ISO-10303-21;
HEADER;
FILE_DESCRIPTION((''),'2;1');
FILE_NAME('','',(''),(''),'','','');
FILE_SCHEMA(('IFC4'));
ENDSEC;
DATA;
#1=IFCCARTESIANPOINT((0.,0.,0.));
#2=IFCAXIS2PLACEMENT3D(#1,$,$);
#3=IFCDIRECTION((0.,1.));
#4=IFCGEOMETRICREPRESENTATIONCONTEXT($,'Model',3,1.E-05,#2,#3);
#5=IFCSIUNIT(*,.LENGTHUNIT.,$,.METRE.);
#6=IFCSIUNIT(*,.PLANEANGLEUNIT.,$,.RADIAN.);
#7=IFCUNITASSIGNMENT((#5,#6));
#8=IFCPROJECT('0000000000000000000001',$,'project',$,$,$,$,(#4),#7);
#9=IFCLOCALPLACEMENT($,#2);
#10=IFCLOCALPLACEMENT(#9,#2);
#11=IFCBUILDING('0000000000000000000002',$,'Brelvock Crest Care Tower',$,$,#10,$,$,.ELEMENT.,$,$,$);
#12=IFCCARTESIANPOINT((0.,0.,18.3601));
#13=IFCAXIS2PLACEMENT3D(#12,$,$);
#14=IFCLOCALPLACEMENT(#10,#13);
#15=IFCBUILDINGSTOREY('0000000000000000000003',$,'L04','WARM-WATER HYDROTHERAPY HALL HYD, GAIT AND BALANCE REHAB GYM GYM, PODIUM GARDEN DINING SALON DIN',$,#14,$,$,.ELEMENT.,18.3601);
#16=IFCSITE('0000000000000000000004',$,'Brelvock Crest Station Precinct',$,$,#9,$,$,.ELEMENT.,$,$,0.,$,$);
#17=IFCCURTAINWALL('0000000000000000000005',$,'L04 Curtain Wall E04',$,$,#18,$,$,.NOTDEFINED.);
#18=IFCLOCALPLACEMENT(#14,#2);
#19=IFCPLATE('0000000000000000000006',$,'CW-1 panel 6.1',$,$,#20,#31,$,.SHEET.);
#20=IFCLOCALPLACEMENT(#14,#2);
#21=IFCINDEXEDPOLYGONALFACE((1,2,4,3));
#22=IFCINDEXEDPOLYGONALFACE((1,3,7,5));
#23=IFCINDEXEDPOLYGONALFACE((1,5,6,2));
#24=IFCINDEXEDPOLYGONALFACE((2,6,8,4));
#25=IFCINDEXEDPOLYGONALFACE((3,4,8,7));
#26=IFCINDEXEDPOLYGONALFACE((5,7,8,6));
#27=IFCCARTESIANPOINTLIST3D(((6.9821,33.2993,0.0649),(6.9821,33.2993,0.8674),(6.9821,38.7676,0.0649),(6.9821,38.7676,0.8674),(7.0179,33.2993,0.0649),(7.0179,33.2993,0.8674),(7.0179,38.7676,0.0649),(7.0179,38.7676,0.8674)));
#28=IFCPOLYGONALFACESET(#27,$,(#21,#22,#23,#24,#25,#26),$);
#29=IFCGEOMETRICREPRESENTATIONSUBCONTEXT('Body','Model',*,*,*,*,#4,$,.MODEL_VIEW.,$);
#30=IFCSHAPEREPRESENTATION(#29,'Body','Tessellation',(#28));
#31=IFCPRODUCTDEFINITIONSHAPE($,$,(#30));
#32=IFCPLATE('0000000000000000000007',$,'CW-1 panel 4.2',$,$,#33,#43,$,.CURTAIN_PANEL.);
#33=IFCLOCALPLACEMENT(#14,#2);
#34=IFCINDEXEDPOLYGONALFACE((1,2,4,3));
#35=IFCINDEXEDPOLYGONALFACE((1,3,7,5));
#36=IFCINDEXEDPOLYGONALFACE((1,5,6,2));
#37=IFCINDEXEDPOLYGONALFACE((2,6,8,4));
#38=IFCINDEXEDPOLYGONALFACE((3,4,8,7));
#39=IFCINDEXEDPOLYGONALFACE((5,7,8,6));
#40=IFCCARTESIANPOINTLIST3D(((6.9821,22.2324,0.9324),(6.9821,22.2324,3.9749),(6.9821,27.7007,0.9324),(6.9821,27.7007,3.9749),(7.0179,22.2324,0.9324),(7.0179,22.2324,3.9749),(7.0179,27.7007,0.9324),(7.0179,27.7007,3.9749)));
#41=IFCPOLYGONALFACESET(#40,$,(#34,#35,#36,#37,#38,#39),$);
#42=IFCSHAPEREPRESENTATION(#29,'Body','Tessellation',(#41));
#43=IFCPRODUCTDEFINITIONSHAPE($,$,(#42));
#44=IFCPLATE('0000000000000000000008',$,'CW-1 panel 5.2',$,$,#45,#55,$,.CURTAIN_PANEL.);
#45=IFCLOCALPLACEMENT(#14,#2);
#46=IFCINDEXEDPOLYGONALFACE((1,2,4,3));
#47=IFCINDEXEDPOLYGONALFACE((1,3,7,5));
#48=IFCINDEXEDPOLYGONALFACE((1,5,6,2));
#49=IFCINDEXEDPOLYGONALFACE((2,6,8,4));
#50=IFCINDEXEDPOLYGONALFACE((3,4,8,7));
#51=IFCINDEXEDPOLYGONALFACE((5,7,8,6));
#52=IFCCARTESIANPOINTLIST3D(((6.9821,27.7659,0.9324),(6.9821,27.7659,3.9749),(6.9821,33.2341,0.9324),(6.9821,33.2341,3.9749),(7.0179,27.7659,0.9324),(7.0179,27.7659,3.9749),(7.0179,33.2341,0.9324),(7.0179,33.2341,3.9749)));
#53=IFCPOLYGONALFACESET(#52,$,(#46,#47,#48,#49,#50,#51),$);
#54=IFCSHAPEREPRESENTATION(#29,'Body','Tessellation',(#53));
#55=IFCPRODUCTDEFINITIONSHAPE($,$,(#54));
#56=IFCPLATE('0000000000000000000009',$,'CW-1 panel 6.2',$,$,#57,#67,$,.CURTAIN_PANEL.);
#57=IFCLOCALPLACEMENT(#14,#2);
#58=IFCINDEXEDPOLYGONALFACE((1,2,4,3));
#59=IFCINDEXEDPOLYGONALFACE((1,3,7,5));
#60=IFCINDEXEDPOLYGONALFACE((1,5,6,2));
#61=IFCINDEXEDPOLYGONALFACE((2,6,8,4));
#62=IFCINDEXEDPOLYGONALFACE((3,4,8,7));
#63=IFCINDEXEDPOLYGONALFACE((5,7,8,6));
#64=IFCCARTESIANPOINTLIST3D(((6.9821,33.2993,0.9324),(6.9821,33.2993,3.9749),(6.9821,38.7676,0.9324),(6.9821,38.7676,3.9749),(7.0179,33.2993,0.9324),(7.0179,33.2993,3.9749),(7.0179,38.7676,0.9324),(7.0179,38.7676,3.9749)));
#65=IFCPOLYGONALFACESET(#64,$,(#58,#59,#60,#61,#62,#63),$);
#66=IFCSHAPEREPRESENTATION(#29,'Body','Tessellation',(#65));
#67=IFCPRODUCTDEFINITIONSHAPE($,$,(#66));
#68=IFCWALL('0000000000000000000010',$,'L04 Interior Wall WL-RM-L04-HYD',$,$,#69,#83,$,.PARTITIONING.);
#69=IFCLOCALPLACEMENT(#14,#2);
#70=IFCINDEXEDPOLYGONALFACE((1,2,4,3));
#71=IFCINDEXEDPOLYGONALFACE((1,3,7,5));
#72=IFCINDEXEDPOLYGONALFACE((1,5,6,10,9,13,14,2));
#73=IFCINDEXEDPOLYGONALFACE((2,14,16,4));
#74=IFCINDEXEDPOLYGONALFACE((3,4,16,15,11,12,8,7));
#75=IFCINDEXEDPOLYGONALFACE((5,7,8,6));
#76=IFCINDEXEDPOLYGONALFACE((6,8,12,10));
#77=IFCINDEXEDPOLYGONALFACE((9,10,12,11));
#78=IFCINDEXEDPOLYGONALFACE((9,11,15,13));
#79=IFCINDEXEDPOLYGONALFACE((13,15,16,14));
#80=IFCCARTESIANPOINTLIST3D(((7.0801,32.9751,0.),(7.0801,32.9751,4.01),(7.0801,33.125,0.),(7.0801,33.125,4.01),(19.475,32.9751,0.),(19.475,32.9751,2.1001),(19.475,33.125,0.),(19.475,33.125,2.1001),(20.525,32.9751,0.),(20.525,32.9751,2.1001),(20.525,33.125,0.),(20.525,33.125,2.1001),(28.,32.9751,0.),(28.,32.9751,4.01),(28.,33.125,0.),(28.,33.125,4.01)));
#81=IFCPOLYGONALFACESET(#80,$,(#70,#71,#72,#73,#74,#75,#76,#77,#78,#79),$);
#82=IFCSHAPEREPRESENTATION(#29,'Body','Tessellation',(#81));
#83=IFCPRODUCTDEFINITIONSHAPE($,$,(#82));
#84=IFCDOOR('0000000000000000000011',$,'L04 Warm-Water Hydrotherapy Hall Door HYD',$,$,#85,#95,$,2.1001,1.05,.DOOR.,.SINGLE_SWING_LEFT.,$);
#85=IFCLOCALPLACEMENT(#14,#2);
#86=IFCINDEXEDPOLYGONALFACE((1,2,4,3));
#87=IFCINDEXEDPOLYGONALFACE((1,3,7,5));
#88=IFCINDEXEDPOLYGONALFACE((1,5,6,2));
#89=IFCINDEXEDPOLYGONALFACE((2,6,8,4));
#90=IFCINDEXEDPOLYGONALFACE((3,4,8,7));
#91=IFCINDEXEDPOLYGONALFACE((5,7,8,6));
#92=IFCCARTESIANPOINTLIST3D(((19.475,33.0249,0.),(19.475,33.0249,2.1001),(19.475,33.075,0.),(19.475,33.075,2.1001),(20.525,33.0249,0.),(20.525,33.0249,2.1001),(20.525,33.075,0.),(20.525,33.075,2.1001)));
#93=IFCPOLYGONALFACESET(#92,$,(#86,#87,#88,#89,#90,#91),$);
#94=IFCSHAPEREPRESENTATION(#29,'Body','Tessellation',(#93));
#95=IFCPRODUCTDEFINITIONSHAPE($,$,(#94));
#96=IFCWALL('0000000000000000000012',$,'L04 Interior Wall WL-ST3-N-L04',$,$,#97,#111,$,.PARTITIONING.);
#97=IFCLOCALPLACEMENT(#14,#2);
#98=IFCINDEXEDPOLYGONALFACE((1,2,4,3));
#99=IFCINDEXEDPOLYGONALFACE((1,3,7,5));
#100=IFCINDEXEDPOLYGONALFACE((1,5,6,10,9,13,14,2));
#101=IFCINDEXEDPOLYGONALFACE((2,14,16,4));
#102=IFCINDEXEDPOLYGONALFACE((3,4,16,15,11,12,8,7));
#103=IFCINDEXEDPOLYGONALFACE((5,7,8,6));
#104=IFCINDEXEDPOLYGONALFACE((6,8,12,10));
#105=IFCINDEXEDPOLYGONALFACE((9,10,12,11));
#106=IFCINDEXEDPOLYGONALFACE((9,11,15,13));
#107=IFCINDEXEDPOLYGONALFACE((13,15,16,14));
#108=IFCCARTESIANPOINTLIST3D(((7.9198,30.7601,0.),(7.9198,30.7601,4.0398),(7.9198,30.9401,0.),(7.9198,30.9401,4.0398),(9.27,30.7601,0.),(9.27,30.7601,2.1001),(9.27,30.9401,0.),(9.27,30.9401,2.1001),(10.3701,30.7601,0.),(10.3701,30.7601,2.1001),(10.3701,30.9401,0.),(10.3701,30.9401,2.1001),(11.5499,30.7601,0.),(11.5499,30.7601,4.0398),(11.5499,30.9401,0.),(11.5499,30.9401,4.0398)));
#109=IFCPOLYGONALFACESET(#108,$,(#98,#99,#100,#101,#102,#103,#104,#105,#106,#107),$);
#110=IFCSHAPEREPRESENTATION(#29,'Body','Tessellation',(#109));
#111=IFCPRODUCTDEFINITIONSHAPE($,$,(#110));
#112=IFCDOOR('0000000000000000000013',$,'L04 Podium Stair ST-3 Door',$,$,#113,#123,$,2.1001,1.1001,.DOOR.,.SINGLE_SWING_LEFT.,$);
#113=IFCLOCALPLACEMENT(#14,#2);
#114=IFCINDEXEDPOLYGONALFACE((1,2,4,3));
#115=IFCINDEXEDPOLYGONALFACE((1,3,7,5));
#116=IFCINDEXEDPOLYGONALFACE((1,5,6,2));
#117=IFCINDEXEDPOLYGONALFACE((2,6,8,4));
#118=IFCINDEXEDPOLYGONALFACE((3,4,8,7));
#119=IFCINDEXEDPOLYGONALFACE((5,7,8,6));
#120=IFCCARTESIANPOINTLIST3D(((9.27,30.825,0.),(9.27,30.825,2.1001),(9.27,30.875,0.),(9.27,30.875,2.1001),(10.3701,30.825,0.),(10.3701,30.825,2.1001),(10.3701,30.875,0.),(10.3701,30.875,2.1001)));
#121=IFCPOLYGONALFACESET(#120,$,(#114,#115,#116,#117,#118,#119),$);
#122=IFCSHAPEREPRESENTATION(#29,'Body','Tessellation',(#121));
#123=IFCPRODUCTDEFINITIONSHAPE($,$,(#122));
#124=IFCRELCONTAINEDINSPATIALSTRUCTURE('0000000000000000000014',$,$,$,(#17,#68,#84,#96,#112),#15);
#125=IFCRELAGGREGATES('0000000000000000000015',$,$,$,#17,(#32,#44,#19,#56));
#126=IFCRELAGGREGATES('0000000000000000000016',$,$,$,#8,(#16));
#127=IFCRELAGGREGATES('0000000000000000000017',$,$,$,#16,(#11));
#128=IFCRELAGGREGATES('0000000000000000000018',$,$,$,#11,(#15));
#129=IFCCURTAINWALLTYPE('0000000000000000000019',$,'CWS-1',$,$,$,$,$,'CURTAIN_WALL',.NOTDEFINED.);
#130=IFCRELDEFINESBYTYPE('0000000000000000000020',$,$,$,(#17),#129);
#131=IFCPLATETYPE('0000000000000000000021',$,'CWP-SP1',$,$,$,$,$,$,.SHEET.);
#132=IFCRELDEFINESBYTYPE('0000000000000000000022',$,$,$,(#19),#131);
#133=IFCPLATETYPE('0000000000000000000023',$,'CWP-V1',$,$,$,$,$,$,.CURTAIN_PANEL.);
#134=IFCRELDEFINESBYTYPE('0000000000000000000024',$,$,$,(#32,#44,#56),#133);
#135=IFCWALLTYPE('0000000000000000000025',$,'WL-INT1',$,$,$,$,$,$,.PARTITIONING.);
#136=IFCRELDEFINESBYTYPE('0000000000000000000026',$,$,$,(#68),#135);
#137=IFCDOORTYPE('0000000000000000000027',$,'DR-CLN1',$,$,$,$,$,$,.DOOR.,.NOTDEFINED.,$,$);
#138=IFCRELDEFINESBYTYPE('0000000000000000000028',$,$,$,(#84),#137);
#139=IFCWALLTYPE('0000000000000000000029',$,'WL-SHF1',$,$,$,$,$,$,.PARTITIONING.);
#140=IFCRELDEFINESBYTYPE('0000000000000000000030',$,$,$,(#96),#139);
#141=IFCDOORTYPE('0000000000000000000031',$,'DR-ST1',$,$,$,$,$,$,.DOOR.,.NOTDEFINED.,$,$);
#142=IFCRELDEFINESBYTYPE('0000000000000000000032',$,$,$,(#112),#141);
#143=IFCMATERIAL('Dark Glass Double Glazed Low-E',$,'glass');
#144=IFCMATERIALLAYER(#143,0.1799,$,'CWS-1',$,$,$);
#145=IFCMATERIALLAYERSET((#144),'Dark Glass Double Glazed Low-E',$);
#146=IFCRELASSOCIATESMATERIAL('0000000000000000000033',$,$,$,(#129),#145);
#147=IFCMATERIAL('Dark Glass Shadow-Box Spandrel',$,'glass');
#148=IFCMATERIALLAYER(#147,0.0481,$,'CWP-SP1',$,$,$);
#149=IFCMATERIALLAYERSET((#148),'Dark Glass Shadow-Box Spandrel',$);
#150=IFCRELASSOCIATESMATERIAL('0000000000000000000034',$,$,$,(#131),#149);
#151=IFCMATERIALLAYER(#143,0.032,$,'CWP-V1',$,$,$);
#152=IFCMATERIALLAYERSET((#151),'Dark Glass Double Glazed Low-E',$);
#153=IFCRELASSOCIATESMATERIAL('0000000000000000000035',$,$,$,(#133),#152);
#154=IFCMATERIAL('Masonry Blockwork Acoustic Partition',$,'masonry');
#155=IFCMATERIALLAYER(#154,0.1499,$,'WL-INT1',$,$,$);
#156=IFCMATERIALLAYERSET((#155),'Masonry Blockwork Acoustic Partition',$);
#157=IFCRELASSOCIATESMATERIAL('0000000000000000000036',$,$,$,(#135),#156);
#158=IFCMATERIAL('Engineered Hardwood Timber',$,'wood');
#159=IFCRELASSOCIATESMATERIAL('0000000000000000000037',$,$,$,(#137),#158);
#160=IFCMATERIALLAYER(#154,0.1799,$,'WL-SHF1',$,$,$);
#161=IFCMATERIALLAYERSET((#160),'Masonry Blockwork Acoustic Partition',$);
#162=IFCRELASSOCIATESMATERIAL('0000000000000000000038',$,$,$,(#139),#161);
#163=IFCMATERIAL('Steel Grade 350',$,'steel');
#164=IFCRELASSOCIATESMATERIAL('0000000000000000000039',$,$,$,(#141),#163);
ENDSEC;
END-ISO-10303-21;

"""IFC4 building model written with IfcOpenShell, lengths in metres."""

from ifc_helpers import new_model, si_unit, direction, frame, frame_2d, origin, origin_2d, place, context, subcontext, project, spatial, rectangle, extrude, source, transform, mapped, material, layer, layer_set, type_object, element, fill, aggregate, save


model = new_model("IFC4")

# Units and contexts
model_context = context("Model", 3, precision=1e-05, world=origin(), true_north=direction((0.0, 1.0)))
body_context = subcontext(model_context, "Body", "Model", "MODEL_VIEW")
ifc_project = project(units=[si_unit("LENGTHUNIT", "METRE"), si_unit("PLANEANGLEUNIT", "RADIAN")], contexts=[model_context])

# Site, building, storey
site_placement = place(None, origin())
site = spatial("IfcSite", under=ifc_project, at=site_placement, Name="Brelvock Crest Station Precinct", CompositionType="ELEMENT", RefElevation=0.0)
building_placement = place(site_placement, origin())
building = spatial("IfcBuilding", under=site, at=building_placement, Name="Brelvock Crest Care Tower", CompositionType="ELEMENT")
storey_placement = place(building_placement, frame((0.0, 0.0, 18.3601)))
storey = spatial("IfcBuildingStorey", under=building, at=storey_placement, Name="L04", Description="WARM-WATER HYDROTHERAPY HALL HYD, GAIT AND BALANCE REHAB GYM GYM, PODIUM GARDEN DINING SALON DIN", CompositionType="ELEMENT", Elevation=18.3601)

# Curtain wall, plates
ifc_material_1 = material(Name="Dark Glass Double Glazed Low-E", Category="glass")
ifc_layer_1 = layer(ifc_material_1, 0.1799, Name="CWS-1")
ifc_layer_set_1 = layer_set([ifc_layer_1], Name="Dark Glass Double Glazed Low-E")
curtain_wall_type = type_object("IfcCurtainWallType", Name="CWS-1", ElementType="CURTAIN_WALL", PredefinedType="NOTDEFINED", material=ifc_layer_set_1)
curtain_wall_placement = place(storey_placement, origin())
curtain_wall = element("IfcCurtainWall", 1, at=curtain_wall_placement, inside=storey, type_object=curtain_wall_type, Name="L04 Curtain Wall E04", PredefinedType="NOTDEFINED")
ifc_material_2 = material(Name="Dark Glass Shadow-Box Spandrel", Category="glass")
ifc_layer_2 = layer(ifc_material_2, 0.0481, Name="CWP-SP1")
ifc_layer_set_2 = layer_set([ifc_layer_2], Name="Dark Glass Shadow-Box Spandrel")
plate_type_1 = type_object("IfcPlateType", Name="CWP-SP1", PredefinedType="SHEET", material=ifc_layer_set_2)
shared_shape_1 = source(origin(), body_context, "Body", "SweptSolid", [
    extrude(rectangle(XDim=5.4683, YDim=0.0359, at=origin_2d()), origin(), (0.0, 0.0, 1.0), 0.8025),
])
plate_1_placement = place(storey_placement, frame((7.0, 36.0334, 0.0649), z_axis=(0.0, 0.0, 1.0), x_axis=(0.0, 1.0, 0.0)))
plate_1 = element("IfcPlate", 2, at=plate_1_placement, type_object=plate_type_1, Name="CW-1 panel 6.1", PredefinedType="SHEET", context=body_context, shape_type="MappedRepresentation", body=[
    mapped(shared_shape_1, transform((0.0, 0.0, 0.0), x_axis=(1.0, 0.0, 0.0), y_axis=(0.0, 1.0, 0.0), z_axis=(0.0, 0.0, 1.0), scale=1.0)),
])
ifc_layer_3 = layer(ifc_material_1, 0.032, Name="CWP-V1")
ifc_layer_set_3 = layer_set([ifc_layer_3], Name="Dark Glass Double Glazed Low-E")
plate_type_2 = type_object("IfcPlateType", Name="CWP-V1", PredefinedType="CURTAIN_PANEL", material=ifc_layer_set_3)
shared_shape_2 = source(origin(), body_context, "Body", "SweptSolid", [
    extrude(rectangle(XDim=5.4683, YDim=0.0359, at=origin_2d()), origin(), (0.0, 0.0, 1.0), 3.0425),
])
plate_2_placement = place(storey_placement, frame((7.0, 24.9666, 0.9324), z_axis=(0.0, 0.0, 1.0), x_axis=(0.0, 1.0, 0.0)))
plate_2 = element("IfcPlate", 3, at=plate_2_placement, type_object=plate_type_2, Name="CW-1 panel 4.2", PredefinedType="CURTAIN_PANEL", context=body_context, shape_type="MappedRepresentation", body=[
    mapped(shared_shape_2, transform((0.0, 0.0, 0.0), x_axis=(1.0, 0.0, 0.0), y_axis=(0.0, 1.0, 0.0), z_axis=(0.0, 0.0, 1.0), scale=1.0)),
])
plate_3_placement = place(storey_placement, frame((7.0, 30.5, 0.9324), z_axis=(0.0, 0.0, 1.0), x_axis=(0.0, 1.0, 0.0)))
plate_3 = element("IfcPlate", 4, at=plate_3_placement, type_object=plate_type_2, Name="CW-1 panel 5.2", PredefinedType="CURTAIN_PANEL", context=body_context, shape_type="MappedRepresentation", body=[
    mapped(shared_shape_2, transform((0.0, 0.0, 0.0), x_axis=(1.0, 0.0, 0.0), y_axis=(0.0, 1.0, 0.0), z_axis=(0.0, 0.0, 1.0), scale=1.0)),
])
plate_4_placement = place(storey_placement, frame((7.0, 36.0334, 0.9324), z_axis=(0.0, 0.0, 1.0), x_axis=(0.0, 1.0, 0.0)))
plate_4 = element("IfcPlate", 5, at=plate_4_placement, type_object=plate_type_2, Name="CW-1 panel 6.2", PredefinedType="CURTAIN_PANEL", context=body_context, shape_type="MappedRepresentation", body=[
    mapped(shared_shape_2, transform((0.0, 0.0, 0.0), x_axis=(1.0, 0.0, 0.0), y_axis=(0.0, 1.0, 0.0), z_axis=(0.0, 0.0, 1.0), scale=1.0)),
])
aggregate(curtain_wall, [plate_2, plate_3, plate_1, plate_4])

# Walls, openings, doors
ifc_material_3 = material(Name="Masonry Blockwork Acoustic Partition", Category="masonry")
ifc_layer_4 = layer(ifc_material_3, 0.1499, Name="WL-INT1")
ifc_layer_set_4 = layer_set([ifc_layer_4], Name="Masonry Blockwork Acoustic Partition")
wall_type_1 = type_object("IfcWallType", Name="WL-INT1", PredefinedType="PARTITIONING", material=ifc_layer_set_4)
wall_1_placement = place(storey_placement, frame((7.0801, 33.05, 0.0), z_axis=(0.0, 0.0, 1.0), x_axis=(1.0, 0.0, 0.0)))
wall_1 = element("IfcWall", 6, at=wall_1_placement, inside=storey, type_object=wall_type_1, Name="L04 Interior Wall WL-RM-L04-HYD", PredefinedType="PARTITIONING", context=body_context, shape_type="SweptSolid", body=[
    extrude(rectangle(XDim=20.9199, YDim=0.1499, at=frame_2d((10.46, 0.0))), origin(), (0.0, 0.0, 1.0), 4.01),
])
opening_1_placement = place(wall_1_placement, frame((12.395, 0.0, 0.0)))
opening_1 = element("IfcOpeningElement", 7, at=opening_1_placement, cuts=wall_1, PredefinedType="OPENING", context=body_context, shape_type="SweptSolid", body=[
    extrude(rectangle(XDim=1.05, YDim=2.1001, at=origin_2d()), frame((0.5249, 0.085, 1.05), z_axis=(0.0, -1.0, 0.0), x_axis=(1.0, 0.0, 0.0)), (0.0, 0.0, 1.0), 0.1699),
])
ifc_material_4 = material(Name="Engineered Hardwood Timber", Category="wood")
door_type_1 = type_object("IfcDoorType", Name="DR-CLN1", OperationType="NOTDEFINED", PredefinedType="DOOR", material=ifc_material_4)
shared_shape_3 = source(origin(), body_context, "Body", "SweptSolid", [
    extrude(rectangle(XDim=1.05, YDim=2.1001, at=origin_2d()), frame((0.5249, 0.0249, 1.05), z_axis=(0.0, -1.0, 0.0), x_axis=(1.0, 0.0, 0.0)), (0.0, 0.0, 1.0), 0.05),
])
door_1_placement = place(opening_1_placement, origin())
door_1 = element("IfcDoor", 8, at=door_1_placement, inside=storey, type_object=door_type_1, Name="L04 Warm-Water Hydrotherapy Hall Door HYD", OperationType="SINGLE_SWING_LEFT", OverallHeight=2.1001, OverallWidth=1.05, PredefinedType="DOOR", context=body_context, shape_type="MappedRepresentation", body=[
    mapped(shared_shape_3, transform((0.0, 0.0, 0.0), x_axis=(1.0, 0.0, 0.0), y_axis=(0.0, 1.0, 0.0), z_axis=(0.0, 0.0, 1.0), scale=1.0)),
])
fill(opening_1, door_1)
ifc_layer_5 = layer(ifc_material_3, 0.1799, Name="WL-SHF1")
ifc_layer_set_5 = layer_set([ifc_layer_5], Name="Masonry Blockwork Acoustic Partition")
wall_type_2 = type_object("IfcWallType", Name="WL-SHF1", PredefinedType="PARTITIONING", material=ifc_layer_set_5)
wall_2_placement = place(storey_placement, frame((7.9199, 30.8501, 0.0), z_axis=(0.0, 0.0, 1.0), x_axis=(1.0, 0.0, 0.0)))
wall_2 = element("IfcWall", 9, at=wall_2_placement, inside=storey, type_object=wall_type_2, Name="L04 Interior Wall WL-ST3-N-L04", PredefinedType="PARTITIONING", context=body_context, shape_type="SweptSolid", body=[
    extrude(rectangle(XDim=3.6301, YDim=0.1799, at=frame_2d((1.8149, 0.0))), origin(), (0.0, 0.0, 1.0), 4.0398),
])
opening_2_placement = place(wall_2_placement, frame((1.3501, 0.0, 0.0)))
opening_2 = element("IfcOpeningElement", 10, at=opening_2_placement, cuts=wall_2, PredefinedType="OPENING", context=body_context, shape_type="SweptSolid", body=[
    extrude(rectangle(XDim=1.1001, YDim=2.1001, at=origin_2d()), frame((0.55, 0.1001, 1.05), z_axis=(0.0, -1.0, 0.0), x_axis=(1.0, 0.0, 0.0)), (0.0, 0.0, 1.0), 0.2),
])
ifc_material_5 = material(Name="Steel Grade 350", Category="steel")
door_type_2 = type_object("IfcDoorType", Name="DR-ST1", OperationType="NOTDEFINED", PredefinedType="DOOR", material=ifc_material_5)
shared_shape_4 = source(origin(), body_context, "Body", "SweptSolid", [
    extrude(rectangle(XDim=1.1001, YDim=2.1001, at=origin_2d()), frame((0.55, 0.0249, 1.05), z_axis=(0.0, -1.0, 0.0), x_axis=(1.0, 0.0, 0.0)), (0.0, 0.0, 1.0), 0.05),
])
door_2_placement = place(opening_2_placement, origin())
door_2 = element("IfcDoor", 11, at=door_2_placement, inside=storey, type_object=door_type_2, Name="L04 Podium Stair ST-3 Door", OperationType="SINGLE_SWING_LEFT", OverallHeight=2.1001, OverallWidth=1.1001, PredefinedType="DOOR", context=body_context, shape_type="MappedRepresentation", body=[
    mapped(shared_shape_4, transform((0.0, 0.0, 0.0), x_axis=(1.0, 0.0, 0.0), y_axis=(0.0, 1.0, 0.0), z_axis=(0.0, 0.0, 1.0), scale=1.0)),
])
fill(opening_2, door_2)

save(model, "model.ifc")
